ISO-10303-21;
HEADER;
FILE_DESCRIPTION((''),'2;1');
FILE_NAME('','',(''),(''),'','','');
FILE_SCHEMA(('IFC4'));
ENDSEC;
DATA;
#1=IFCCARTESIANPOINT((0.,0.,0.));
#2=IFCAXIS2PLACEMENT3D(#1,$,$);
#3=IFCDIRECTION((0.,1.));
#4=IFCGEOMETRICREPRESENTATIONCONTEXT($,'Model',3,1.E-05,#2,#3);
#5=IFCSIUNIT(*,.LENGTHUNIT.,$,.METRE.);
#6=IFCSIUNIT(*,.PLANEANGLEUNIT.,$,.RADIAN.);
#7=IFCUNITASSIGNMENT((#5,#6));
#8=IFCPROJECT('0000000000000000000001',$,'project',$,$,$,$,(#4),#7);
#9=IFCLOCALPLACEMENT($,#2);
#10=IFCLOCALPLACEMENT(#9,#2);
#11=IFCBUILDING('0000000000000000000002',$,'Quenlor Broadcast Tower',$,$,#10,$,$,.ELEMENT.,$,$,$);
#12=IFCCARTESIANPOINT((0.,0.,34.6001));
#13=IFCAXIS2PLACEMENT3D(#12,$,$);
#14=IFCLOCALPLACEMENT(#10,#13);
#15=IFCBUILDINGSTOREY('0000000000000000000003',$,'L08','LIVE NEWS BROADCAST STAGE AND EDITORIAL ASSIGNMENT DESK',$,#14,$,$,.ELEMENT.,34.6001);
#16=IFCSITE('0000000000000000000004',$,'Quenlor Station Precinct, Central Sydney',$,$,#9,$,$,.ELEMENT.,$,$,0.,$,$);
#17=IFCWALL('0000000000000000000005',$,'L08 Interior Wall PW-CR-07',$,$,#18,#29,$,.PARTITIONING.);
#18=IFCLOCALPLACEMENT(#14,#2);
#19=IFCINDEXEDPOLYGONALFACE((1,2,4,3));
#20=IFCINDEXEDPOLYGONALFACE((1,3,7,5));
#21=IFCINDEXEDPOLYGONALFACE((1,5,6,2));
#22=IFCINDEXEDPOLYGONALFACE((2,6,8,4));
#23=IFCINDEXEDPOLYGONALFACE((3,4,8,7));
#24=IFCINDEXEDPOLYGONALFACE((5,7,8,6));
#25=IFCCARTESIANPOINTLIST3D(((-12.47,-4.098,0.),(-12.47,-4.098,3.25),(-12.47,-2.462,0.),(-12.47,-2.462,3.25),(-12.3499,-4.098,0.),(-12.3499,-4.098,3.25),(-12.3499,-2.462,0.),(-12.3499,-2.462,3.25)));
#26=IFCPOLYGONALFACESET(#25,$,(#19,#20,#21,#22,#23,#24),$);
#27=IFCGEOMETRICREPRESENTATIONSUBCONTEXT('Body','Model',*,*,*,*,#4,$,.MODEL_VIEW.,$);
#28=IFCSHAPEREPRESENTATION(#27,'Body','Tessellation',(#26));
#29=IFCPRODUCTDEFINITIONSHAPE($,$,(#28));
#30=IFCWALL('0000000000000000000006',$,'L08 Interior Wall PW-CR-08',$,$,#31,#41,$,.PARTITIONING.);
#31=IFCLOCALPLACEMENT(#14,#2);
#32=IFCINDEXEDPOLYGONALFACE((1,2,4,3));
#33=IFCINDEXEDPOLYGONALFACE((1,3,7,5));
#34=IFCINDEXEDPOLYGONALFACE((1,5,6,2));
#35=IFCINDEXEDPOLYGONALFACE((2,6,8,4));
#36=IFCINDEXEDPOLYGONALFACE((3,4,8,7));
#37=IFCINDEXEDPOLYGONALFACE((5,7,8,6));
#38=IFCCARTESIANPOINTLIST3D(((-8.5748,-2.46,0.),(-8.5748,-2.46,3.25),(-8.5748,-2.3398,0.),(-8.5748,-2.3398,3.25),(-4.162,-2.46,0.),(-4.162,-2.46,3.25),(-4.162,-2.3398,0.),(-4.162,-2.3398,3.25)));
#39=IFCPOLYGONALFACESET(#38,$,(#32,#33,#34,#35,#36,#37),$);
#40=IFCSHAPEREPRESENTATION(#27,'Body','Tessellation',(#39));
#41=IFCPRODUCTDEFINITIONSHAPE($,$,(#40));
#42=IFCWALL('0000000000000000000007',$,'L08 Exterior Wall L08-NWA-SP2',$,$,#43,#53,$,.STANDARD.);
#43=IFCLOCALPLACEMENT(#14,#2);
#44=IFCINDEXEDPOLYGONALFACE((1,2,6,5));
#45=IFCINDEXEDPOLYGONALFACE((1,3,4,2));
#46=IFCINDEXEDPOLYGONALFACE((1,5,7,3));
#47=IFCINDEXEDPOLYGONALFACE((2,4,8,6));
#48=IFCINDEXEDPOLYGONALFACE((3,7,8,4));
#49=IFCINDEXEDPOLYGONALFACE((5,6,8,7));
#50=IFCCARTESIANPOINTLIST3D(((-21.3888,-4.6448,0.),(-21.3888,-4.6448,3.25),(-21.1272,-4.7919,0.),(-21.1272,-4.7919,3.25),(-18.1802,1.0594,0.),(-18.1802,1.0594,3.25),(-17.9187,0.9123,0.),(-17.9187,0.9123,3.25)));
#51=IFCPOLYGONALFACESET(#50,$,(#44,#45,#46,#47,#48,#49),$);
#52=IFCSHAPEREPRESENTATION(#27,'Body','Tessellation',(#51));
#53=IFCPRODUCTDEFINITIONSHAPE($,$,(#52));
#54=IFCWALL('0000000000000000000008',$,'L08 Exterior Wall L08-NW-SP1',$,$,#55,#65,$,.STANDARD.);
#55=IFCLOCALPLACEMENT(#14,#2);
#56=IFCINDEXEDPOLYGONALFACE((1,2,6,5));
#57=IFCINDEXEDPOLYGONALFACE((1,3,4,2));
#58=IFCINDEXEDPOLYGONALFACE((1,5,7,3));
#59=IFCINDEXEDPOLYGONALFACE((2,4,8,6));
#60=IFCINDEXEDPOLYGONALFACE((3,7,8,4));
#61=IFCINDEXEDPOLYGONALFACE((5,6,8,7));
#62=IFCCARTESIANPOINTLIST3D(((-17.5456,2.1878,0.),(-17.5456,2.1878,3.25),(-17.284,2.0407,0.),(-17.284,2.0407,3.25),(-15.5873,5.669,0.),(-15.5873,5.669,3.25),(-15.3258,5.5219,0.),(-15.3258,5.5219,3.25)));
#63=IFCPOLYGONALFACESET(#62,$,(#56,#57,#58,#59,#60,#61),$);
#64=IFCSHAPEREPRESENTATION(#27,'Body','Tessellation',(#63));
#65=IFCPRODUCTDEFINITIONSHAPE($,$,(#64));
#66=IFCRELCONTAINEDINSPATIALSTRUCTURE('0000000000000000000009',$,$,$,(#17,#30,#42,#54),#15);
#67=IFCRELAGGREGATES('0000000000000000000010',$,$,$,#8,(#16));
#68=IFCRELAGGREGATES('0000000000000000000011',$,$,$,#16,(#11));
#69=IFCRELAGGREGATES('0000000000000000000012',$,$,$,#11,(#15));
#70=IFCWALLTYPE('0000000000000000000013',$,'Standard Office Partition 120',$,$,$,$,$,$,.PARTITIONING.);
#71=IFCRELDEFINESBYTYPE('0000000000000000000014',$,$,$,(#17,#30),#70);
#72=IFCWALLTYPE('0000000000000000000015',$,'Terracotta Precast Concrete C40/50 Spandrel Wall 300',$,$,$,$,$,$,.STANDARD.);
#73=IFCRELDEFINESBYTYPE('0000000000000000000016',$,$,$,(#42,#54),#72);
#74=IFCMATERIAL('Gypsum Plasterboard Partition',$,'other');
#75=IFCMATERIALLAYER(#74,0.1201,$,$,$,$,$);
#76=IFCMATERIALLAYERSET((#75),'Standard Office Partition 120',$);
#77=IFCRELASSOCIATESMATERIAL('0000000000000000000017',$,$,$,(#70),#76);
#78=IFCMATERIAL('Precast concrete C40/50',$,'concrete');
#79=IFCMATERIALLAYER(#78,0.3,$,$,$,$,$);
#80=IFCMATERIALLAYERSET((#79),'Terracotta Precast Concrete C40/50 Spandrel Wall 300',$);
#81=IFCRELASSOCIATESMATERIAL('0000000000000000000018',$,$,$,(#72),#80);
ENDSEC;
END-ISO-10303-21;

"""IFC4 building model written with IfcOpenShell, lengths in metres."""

from ifc_helpers import new_model, si_unit, direction, frame, frame_2d, origin, place, context, subcontext, project, spatial, rectangle, extrude, material, layer, layer_set, type_object, element, save


model = new_model("IFC4")

# Units and contexts
model_context = context("Model", 3, precision=1e-05, world=origin(), true_north=direction((0.0, 1.0)))
body_context = subcontext(model_context, "Body", "Model", "MODEL_VIEW")
ifc_project = project(units=[si_unit("LENGTHUNIT", "METRE"), si_unit("PLANEANGLEUNIT", "RADIAN")], contexts=[model_context])

# Site, building, storey
site_placement = place(None, origin())
site = spatial("IfcSite", under=ifc_project, at=site_placement, Name="Quenlor Station Precinct, Central Sydney", CompositionType="ELEMENT", RefElevation=0.0)
building_placement = place(site_placement, origin())
building = spatial("IfcBuilding", under=site, at=building_placement, Name="Quenlor Broadcast Tower", CompositionType="ELEMENT")
storey_placement = place(building_placement, frame((0.0, 0.0, 34.6001)))
storey = spatial("IfcBuildingStorey", under=building, at=storey_placement, Name="L08", Description="LIVE NEWS BROADCAST STAGE AND EDITORIAL ASSIGNMENT DESK", CompositionType="ELEMENT", Elevation=34.6001)

# Shared definitions
ifc_material_1 = material(Name="Gypsum Plasterboard Partition", Category="other")
ifc_layer_1 = layer(ifc_material_1, 0.1201)
ifc_layer_set_1 = layer_set([ifc_layer_1], Name="Standard Office Partition 120")
wall_type_1 = type_object("IfcWallType", Name="Standard Office Partition 120", PredefinedType="PARTITIONING", material=ifc_layer_set_1)

# Walls
wall_1_placement = place(storey_placement, frame((-12.4099, -4.0979, 0.0), z_axis=(0.0, 0.0, 1.0), x_axis=(0.0, 1.0, 0.0)))
element("IfcWall", 1, at=wall_1_placement, inside=storey, type_object=wall_type_1, Name="L08 Interior Wall PW-CR-07", PredefinedType="PARTITIONING", context=body_context, shape_type="SweptSolid", body=[
    extrude(rectangle(XDim=1.636, YDim=0.1201, at=frame_2d((0.8179, 0.0))), origin(), (0.0, 0.0, 1.0), 3.25),
])
wall_2_placement = place(storey_placement, frame((-8.575, -2.3999, 0.0), z_axis=(0.0, 0.0, 1.0), x_axis=(1.0, 0.0, 0.0)))
element("IfcWall", 2, at=wall_2_placement, inside=storey, type_object=wall_type_1, Name="L08 Interior Wall PW-CR-08", PredefinedType="PARTITIONING", context=body_context, shape_type="SweptSolid", body=[
    extrude(rectangle(XDim=4.4128, YDim=0.1201, at=frame_2d((2.2065, 0.0))), origin(), (0.0, 0.0, 1.0), 3.25),
])
ifc_material_2 = material(Name="Precast concrete C40/50", Category="concrete")
ifc_layer_2 = layer(ifc_material_2, 0.3)
ifc_layer_set_2 = layer_set([ifc_layer_2], Name="Terracotta Precast Concrete C40/50 Spandrel Wall 300")
wall_type_2 = type_object("IfcWallType", Name="Terracotta Precast Concrete C40/50 Spandrel Wall 300", PredefinedType="STANDARD", material=ifc_layer_set_2)
wall_3_placement = place(storey_placement, frame((-21.2581, -4.7185, 0.0), z_axis=(0.0, 0.0, 1.0), x_axis=(0.490254, 0.87158, 0.0)))
element("IfcWall", 3, at=wall_3_placement, inside=storey, type_object=wall_type_2, Name="L08 Exterior Wall L08-NWA-SP2", PredefinedType="STANDARD", context=body_context, shape_type="SweptSolid", body=[
    extrude(rectangle(XDim=6.5447, YDim=0.3, at=frame_2d((3.2725, 0.0))), origin(), (0.0, 0.0, 1.0), 3.25),
])
wall_4_placement = place(storey_placement, frame((-17.4148, 2.1143, 0.0), z_axis=(0.0, 0.0, 1.0), x_axis=(0.490276, 0.871567, 0.0)))
element("IfcWall", 4, at=wall_4_placement, inside=storey, type_object=wall_type_2, Name="L08 Exterior Wall L08-NW-SP1", PredefinedType="STANDARD", context=body_context, shape_type="SweptSolid", body=[
    extrude(rectangle(XDim=3.9941, YDim=0.3, at=frame_2d((1.9971, 0.0))), origin(), (0.0, 0.0, 1.0), 3.25),
])

save(model, "model.ifc")
